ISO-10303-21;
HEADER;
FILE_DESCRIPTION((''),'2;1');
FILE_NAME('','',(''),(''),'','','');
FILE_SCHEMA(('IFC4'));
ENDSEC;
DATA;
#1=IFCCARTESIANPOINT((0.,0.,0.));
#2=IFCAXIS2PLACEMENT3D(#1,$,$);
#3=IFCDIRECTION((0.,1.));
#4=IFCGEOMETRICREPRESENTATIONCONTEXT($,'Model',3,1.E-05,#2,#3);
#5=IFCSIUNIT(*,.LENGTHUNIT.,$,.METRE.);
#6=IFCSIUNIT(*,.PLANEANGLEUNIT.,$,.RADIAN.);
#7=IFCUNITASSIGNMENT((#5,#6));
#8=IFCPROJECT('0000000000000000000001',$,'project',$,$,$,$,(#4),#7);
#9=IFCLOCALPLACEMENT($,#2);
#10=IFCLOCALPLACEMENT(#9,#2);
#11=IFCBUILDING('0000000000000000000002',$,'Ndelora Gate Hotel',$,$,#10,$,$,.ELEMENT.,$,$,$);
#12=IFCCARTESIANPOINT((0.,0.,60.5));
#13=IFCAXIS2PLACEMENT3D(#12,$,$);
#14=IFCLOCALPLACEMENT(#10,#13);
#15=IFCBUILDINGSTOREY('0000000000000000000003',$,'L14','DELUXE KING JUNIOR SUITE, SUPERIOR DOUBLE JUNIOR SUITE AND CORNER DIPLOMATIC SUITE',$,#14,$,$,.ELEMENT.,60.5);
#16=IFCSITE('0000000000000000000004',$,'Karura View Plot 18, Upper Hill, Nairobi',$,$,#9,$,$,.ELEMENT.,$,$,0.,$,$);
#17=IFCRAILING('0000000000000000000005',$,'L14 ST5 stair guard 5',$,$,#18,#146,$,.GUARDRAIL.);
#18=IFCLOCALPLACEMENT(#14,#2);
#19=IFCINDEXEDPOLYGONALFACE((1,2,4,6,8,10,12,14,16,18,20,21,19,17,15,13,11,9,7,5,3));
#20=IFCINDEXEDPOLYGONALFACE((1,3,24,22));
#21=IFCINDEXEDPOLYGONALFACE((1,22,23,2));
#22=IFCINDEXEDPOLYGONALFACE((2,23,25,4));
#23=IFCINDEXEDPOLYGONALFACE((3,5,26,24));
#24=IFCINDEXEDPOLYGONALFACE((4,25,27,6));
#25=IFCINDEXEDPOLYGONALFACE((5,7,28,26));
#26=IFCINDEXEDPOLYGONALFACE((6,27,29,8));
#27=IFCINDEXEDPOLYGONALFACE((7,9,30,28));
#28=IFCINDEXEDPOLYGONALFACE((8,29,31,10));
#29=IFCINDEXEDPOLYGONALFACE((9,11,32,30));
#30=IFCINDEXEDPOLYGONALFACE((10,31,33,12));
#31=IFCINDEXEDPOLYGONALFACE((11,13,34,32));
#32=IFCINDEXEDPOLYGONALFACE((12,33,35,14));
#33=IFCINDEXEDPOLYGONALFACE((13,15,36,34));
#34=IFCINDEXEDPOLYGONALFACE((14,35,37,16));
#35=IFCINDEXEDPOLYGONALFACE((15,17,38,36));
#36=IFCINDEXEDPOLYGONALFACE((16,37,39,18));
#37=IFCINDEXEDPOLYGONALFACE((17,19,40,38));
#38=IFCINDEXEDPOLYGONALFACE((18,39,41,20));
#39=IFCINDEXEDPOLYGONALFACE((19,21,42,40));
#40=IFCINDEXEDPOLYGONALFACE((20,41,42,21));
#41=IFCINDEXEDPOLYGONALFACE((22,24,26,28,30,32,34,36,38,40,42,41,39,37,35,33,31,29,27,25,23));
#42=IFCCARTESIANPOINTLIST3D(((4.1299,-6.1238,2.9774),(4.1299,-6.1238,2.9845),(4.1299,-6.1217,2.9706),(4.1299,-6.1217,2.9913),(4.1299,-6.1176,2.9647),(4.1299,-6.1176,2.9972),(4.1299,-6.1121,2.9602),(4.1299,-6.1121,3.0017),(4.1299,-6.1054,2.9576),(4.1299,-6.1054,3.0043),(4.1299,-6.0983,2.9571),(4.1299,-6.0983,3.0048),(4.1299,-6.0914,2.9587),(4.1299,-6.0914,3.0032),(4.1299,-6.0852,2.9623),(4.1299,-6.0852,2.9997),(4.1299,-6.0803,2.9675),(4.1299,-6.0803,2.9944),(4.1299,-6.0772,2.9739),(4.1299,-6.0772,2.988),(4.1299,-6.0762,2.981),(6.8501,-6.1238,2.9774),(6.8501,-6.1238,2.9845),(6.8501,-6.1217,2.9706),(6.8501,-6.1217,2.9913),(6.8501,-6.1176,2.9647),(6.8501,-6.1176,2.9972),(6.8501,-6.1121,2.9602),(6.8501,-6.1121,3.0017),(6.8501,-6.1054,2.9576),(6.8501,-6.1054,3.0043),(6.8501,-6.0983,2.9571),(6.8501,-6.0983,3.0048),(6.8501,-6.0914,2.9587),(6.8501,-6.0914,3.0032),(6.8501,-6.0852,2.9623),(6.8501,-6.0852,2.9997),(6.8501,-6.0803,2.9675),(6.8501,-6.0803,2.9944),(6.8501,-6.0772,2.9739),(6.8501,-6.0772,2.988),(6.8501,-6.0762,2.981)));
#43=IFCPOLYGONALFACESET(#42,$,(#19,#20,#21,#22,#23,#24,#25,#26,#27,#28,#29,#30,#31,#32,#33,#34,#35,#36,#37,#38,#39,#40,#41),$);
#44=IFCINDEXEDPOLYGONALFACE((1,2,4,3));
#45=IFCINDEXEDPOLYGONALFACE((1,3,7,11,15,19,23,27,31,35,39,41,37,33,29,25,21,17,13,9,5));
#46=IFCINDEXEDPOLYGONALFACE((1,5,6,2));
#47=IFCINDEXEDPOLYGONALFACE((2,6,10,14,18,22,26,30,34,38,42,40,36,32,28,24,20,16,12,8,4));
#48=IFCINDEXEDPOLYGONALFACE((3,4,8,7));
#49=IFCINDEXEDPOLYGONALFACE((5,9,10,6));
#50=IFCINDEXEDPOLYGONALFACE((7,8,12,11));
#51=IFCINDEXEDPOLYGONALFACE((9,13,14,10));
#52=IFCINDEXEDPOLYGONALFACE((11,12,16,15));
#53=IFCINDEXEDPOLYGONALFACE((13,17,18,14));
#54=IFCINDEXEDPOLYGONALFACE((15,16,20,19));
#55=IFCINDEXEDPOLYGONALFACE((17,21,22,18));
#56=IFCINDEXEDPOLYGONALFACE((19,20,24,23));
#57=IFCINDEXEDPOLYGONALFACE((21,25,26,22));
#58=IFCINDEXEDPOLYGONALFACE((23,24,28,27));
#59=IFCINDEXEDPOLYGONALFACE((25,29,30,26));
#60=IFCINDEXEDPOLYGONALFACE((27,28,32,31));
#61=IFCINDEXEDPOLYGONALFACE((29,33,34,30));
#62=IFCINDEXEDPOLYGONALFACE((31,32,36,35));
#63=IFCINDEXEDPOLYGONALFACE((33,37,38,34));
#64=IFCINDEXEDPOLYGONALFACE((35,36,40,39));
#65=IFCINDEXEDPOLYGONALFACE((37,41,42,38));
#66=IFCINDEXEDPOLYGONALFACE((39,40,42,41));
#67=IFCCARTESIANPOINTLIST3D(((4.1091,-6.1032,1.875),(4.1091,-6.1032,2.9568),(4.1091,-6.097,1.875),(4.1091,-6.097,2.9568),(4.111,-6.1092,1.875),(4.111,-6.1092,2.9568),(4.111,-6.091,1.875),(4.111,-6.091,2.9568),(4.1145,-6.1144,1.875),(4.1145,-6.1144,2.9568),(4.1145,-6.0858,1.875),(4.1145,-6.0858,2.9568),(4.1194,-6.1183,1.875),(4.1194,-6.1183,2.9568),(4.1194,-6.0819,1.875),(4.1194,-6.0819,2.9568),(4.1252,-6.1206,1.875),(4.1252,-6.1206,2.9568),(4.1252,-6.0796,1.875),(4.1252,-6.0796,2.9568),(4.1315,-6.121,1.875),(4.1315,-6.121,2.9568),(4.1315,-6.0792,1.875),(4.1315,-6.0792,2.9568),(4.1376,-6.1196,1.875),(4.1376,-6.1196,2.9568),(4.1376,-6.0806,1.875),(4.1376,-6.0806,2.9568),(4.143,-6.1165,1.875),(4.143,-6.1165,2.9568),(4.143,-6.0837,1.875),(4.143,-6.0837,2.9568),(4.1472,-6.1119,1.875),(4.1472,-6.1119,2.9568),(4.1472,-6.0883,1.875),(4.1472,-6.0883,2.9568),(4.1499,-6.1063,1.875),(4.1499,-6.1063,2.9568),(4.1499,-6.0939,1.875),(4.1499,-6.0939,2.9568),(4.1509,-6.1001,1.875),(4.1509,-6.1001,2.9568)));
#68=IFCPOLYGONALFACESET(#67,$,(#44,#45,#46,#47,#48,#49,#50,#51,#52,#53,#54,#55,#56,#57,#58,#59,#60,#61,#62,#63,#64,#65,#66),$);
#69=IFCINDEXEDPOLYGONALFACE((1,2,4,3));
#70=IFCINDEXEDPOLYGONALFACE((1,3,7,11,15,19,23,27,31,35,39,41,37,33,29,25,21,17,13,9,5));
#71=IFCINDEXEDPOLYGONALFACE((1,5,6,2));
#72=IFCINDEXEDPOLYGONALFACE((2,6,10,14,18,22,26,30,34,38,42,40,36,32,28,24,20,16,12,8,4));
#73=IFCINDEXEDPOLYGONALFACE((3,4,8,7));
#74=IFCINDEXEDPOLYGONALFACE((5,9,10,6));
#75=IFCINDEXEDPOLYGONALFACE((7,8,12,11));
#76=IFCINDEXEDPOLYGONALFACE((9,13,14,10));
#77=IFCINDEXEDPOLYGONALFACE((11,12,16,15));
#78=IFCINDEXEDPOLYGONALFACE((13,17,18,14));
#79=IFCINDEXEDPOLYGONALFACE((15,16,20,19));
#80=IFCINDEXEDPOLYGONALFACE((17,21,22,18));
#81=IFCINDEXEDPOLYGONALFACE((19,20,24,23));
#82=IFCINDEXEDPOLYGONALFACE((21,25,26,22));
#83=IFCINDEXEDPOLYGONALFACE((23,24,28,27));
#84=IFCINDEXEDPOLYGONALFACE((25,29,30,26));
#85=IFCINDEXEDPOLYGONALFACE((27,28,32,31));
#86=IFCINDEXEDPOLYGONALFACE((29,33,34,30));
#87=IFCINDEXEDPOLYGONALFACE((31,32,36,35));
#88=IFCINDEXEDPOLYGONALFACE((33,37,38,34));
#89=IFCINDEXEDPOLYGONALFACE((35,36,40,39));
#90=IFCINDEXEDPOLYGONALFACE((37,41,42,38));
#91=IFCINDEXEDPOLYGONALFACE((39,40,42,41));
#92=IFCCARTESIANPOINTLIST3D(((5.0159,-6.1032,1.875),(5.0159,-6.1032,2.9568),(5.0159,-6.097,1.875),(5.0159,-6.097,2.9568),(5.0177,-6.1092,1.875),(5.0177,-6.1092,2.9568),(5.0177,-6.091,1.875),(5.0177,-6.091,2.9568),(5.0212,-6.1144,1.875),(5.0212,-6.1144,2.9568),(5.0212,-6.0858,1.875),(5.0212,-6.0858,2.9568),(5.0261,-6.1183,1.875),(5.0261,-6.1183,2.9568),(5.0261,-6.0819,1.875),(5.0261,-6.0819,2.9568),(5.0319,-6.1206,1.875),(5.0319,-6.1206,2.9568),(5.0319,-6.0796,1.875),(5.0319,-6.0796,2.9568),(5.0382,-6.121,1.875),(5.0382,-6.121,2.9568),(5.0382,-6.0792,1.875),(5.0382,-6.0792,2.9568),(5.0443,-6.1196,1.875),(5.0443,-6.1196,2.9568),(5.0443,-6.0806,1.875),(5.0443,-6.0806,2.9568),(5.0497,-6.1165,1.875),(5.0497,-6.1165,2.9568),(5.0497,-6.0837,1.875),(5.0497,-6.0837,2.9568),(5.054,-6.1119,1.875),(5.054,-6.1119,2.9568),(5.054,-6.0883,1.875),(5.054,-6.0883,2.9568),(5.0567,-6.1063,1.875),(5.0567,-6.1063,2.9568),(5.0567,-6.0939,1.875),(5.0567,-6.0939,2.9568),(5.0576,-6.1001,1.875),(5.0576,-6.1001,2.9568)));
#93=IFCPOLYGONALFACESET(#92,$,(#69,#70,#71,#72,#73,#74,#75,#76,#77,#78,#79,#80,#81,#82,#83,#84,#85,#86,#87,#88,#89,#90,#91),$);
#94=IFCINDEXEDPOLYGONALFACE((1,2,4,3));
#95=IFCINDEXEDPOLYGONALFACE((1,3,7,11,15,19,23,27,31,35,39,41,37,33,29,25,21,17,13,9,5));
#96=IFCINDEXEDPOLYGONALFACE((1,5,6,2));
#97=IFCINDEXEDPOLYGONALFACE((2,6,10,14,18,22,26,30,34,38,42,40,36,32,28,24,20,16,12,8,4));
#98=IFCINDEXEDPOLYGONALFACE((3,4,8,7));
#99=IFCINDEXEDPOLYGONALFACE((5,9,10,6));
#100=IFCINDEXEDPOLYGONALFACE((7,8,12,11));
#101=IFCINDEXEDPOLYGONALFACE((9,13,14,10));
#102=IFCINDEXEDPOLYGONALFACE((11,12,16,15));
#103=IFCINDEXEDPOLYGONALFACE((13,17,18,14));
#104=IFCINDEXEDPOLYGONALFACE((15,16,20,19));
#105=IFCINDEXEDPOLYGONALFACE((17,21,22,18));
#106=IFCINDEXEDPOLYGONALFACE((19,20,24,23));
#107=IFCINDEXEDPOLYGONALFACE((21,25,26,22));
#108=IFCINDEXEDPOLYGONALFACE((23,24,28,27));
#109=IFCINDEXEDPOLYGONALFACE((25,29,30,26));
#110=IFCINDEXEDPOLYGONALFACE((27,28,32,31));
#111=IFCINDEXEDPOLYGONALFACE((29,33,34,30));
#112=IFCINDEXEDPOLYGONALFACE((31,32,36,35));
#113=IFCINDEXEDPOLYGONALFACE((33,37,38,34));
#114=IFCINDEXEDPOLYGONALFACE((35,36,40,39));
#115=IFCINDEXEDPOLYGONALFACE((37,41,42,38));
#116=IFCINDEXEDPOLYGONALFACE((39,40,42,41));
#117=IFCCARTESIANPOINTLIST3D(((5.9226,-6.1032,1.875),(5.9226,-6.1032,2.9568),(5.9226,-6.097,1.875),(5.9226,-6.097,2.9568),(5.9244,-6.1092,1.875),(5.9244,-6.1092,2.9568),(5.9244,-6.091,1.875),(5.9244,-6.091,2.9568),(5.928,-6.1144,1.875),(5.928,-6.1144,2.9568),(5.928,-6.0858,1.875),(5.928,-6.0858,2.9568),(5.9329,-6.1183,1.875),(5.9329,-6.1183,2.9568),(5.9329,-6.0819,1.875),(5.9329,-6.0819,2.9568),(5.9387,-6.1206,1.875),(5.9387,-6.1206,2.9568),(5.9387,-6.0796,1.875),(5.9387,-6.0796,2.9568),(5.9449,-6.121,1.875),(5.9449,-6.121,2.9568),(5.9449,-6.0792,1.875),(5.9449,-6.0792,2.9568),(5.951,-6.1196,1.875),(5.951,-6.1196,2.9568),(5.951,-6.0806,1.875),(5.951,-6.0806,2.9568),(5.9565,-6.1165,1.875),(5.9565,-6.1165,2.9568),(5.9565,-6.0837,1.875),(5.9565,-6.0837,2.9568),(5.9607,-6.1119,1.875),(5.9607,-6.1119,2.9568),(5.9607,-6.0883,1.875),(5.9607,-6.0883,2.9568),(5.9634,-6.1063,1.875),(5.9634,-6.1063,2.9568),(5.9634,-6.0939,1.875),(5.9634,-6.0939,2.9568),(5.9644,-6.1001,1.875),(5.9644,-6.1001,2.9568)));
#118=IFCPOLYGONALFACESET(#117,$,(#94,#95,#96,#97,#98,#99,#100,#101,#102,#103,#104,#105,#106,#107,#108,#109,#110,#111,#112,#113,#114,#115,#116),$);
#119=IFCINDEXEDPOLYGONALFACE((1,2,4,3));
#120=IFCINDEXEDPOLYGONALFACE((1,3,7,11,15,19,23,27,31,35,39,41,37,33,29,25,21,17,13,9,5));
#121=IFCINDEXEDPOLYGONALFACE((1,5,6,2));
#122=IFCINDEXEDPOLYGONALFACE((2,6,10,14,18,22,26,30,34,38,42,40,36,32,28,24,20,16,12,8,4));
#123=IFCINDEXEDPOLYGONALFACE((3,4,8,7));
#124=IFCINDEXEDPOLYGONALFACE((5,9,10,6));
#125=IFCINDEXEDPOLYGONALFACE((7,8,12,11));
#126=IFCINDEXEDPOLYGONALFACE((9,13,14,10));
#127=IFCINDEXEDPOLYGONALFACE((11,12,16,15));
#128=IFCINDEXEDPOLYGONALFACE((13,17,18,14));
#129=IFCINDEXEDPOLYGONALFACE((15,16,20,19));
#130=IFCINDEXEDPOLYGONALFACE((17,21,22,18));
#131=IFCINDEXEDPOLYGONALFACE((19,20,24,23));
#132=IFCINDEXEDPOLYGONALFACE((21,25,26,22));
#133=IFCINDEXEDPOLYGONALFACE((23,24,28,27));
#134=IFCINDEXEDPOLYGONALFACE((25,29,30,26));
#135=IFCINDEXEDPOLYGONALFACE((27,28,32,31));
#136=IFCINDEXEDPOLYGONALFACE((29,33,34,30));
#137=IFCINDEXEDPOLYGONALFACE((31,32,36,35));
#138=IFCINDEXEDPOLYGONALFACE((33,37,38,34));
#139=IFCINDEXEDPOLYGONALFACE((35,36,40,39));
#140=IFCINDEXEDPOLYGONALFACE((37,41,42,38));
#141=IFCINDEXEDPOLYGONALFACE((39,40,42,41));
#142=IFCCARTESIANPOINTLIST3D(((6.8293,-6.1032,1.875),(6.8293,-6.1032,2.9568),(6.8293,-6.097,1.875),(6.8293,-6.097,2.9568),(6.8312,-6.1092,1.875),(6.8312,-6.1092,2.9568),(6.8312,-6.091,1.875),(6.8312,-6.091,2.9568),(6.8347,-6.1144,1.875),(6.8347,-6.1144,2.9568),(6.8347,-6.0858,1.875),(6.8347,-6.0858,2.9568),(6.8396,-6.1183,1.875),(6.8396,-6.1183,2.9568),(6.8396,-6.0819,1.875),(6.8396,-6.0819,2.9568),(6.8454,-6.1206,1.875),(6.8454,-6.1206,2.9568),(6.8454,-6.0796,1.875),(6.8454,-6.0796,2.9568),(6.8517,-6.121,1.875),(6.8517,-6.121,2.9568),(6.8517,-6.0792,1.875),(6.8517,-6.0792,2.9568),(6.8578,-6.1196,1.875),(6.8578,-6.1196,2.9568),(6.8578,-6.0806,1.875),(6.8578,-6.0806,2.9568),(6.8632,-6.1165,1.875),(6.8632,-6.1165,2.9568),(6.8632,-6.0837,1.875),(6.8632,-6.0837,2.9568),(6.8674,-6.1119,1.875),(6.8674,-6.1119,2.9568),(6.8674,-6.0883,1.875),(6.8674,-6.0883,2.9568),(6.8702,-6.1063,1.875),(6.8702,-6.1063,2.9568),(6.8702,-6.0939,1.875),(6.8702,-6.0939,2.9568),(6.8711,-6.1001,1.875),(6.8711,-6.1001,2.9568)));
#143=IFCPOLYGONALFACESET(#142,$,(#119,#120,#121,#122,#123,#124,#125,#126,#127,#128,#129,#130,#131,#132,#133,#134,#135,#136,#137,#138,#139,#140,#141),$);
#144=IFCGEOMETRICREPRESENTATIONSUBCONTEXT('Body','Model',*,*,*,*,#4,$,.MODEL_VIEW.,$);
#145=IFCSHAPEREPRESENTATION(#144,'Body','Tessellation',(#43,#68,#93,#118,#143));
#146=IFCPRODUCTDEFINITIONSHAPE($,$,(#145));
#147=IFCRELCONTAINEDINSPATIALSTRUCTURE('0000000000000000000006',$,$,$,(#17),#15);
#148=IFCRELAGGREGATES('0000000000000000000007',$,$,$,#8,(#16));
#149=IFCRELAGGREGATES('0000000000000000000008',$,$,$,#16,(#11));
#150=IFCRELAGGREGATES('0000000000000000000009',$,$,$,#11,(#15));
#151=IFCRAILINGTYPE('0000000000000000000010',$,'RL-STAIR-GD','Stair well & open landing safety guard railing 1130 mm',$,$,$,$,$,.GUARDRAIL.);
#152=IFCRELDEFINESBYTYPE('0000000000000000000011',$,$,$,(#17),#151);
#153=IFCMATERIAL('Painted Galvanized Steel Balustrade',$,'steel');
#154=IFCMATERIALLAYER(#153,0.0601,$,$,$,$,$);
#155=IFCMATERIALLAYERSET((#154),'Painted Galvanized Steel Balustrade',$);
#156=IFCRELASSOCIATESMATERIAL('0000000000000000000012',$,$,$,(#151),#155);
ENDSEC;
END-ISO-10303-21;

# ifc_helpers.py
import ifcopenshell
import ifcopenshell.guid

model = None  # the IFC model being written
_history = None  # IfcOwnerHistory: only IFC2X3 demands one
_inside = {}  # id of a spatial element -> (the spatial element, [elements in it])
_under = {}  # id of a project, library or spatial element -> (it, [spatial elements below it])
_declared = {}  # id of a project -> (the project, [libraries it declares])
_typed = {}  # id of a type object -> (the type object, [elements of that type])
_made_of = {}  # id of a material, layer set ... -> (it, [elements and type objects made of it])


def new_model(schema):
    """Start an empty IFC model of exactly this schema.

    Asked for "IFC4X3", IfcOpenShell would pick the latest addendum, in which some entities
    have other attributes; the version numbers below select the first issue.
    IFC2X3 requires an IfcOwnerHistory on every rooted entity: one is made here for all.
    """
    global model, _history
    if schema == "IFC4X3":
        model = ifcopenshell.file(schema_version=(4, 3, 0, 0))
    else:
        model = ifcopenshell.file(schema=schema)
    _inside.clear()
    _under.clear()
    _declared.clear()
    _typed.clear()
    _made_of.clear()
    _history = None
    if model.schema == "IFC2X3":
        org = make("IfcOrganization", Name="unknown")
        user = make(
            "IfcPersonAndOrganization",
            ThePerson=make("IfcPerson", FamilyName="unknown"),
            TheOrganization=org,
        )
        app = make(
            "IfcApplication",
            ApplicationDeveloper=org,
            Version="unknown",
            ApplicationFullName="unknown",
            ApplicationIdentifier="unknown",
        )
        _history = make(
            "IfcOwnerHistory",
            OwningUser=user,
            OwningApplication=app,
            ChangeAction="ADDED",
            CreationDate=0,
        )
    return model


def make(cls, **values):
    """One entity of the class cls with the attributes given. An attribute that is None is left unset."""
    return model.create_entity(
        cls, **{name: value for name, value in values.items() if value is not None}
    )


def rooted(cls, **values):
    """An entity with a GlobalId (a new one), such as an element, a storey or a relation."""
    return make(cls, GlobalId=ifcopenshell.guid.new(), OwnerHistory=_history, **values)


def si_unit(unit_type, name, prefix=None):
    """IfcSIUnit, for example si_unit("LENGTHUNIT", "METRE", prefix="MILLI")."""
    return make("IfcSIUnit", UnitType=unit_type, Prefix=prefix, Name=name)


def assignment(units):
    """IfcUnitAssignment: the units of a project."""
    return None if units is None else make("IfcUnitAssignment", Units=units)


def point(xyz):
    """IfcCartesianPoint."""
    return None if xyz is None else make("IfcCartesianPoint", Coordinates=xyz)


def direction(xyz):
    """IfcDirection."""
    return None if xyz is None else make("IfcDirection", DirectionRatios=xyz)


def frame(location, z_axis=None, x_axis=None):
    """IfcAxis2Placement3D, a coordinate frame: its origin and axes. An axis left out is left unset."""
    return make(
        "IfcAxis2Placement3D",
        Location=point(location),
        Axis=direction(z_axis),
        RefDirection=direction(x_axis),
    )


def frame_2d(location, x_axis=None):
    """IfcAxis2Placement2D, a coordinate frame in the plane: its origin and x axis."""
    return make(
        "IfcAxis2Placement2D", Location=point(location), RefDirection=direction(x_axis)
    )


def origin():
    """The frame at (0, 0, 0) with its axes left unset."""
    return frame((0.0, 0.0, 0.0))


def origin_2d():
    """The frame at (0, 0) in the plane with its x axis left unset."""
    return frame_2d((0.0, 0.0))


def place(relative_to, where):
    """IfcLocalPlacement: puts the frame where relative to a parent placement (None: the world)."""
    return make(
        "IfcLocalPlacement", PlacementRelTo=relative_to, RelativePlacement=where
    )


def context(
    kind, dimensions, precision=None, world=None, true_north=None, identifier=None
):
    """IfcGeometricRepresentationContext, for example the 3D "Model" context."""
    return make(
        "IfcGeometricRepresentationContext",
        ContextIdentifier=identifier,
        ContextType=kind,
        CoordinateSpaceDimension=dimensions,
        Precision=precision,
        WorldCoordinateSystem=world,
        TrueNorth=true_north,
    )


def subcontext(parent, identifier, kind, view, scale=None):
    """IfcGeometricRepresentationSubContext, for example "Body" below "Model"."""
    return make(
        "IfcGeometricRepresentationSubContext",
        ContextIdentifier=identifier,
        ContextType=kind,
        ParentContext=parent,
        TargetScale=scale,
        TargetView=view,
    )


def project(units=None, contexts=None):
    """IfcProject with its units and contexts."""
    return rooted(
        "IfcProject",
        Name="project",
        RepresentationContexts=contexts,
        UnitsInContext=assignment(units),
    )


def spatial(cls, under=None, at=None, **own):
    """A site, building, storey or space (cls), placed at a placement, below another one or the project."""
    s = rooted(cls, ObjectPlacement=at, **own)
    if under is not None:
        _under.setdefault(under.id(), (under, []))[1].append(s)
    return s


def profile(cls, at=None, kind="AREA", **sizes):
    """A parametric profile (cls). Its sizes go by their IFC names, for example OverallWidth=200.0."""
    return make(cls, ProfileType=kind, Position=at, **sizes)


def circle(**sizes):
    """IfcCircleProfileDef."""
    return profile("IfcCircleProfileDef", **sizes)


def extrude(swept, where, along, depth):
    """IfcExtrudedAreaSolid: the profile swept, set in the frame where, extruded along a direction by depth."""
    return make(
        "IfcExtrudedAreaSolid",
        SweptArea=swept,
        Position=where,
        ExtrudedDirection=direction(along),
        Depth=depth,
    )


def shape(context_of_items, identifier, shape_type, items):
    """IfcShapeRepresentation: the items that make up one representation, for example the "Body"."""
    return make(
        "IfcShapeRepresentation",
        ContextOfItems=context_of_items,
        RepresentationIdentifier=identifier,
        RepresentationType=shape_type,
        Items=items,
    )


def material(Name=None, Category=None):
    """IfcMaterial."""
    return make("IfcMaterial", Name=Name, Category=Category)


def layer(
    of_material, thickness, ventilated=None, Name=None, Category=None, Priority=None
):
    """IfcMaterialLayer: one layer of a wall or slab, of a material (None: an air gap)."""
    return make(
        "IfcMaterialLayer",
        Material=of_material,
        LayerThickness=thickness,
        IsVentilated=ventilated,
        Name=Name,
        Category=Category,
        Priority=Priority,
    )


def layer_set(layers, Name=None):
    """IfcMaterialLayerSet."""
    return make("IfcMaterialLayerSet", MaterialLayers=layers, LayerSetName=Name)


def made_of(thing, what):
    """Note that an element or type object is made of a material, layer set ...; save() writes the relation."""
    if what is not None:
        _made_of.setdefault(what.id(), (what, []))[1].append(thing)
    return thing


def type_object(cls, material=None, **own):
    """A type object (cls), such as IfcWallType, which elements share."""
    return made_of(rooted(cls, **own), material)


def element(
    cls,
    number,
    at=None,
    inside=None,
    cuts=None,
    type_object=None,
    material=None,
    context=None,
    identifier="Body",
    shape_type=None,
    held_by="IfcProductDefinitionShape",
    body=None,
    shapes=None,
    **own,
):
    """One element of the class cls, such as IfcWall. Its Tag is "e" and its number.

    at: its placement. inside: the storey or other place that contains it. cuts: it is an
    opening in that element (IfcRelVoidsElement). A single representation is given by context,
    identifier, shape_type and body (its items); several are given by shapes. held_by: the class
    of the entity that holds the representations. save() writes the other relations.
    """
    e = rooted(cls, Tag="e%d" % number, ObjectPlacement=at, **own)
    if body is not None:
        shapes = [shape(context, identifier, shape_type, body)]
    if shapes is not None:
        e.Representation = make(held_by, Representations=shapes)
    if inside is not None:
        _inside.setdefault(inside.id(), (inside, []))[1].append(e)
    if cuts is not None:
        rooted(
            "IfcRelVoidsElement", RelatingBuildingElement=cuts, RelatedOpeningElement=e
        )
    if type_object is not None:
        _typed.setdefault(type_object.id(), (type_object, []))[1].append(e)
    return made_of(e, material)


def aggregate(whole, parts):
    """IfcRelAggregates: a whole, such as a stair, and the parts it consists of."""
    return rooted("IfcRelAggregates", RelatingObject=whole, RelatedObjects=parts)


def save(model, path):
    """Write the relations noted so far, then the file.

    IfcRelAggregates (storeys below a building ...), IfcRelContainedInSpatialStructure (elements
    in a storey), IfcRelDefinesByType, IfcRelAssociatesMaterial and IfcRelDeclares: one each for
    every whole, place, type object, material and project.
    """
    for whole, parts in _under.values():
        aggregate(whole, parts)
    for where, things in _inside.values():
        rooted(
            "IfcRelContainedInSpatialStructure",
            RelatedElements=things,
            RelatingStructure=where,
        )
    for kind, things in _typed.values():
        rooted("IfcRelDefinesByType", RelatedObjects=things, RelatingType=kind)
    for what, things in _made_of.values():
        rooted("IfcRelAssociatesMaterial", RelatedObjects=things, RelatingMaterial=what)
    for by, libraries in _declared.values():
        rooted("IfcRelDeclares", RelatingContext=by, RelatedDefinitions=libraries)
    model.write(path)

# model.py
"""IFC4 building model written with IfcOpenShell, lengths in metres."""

from ifc_helpers import new_model, si_unit, direction, frame, origin, origin_2d, place, context, subcontext, project, spatial, circle, extrude, material, layer, layer_set, type_object, element, save


model = new_model("IFC4")

# Units and contexts
model_context = context("Model", 3, precision=1e-05, world=origin(), true_north=direction((0.0, 1.0)))
body_context = subcontext(model_context, "Body", "Model", "MODEL_VIEW")
ifc_project = project(units=[si_unit("LENGTHUNIT", "METRE"), si_unit("PLANEANGLEUNIT", "RADIAN")], contexts=[model_context])

# Site, building, storey
site_placement = place(None, origin())
site = spatial("IfcSite", under=ifc_project, at=site_placement, Name="Karura View Plot 18, Upper Hill, Nairobi", CompositionType="ELEMENT", RefElevation=0.0)
building_placement = place(site_placement, origin())
building = spatial("IfcBuilding", under=site, at=building_placement, Name="Ndelora Gate Hotel", CompositionType="ELEMENT")
storey_placement = place(building_placement, frame((0.0, 0.0, 60.5)))
storey = spatial("IfcBuildingStorey", under=building, at=storey_placement, Name="L14", Description="DELUXE KING JUNIOR SUITE, SUPERIOR DOUBLE JUNIOR SUITE AND CORNER DIPLOMATIC SUITE", CompositionType="ELEMENT", Elevation=60.5)

# Railing
ifc_material_1 = material(Name="Painted Galvanized Steel Balustrade", Category="steel")
ifc_layer_1 = layer(ifc_material_1, 0.0601)
ifc_layer_set_1 = layer_set([ifc_layer_1], Name="Painted Galvanized Steel Balustrade")
railing_type = type_object("IfcRailingType", Name="RL-STAIR-GD", Description="Stair well & open landing safety guard railing 1130 mm", PredefinedType="GUARDRAIL", material=ifc_layer_set_1)
railing_1_placement = place(storey_placement, frame((4.1299, -6.1001, 1.875)))
element("IfcRailing", 1, at=railing_1_placement, inside=storey, type_object=railing_type, Name="L14 ST5 stair guard 5", PredefinedType="GUARDRAIL", context=body_context, shape_type="SweptSolid", body=[
    extrude(circle(Radius=0.0239, at=origin_2d()), frame((0.0, 0.0, 1.106), z_axis=(1.0, 0.0, 0.0), x_axis=(0.0, 1.0, 0.0)), (0.0, 0.0, 1.0), 2.7202),
    extrude(circle(Radius=0.021, at=origin_2d()), origin(), (0.0, 0.0, 1.0), 1.0818),
    extrude(circle(Radius=0.021, at=origin_2d()), frame((0.9067, 0.0, 0.0)), (0.0, 0.0, 1.0), 1.0818),
    extrude(circle(Radius=0.021, at=origin_2d()), frame((1.8135, 0.0, 0.0)), (0.0, 0.0, 1.0), 1.0818),
    extrude(circle(Radius=0.021, at=origin_2d()), frame((2.7202, 0.0, 0.0)), (0.0, 0.0, 1.0), 1.0818),
])

save(model, "model.ifc")
